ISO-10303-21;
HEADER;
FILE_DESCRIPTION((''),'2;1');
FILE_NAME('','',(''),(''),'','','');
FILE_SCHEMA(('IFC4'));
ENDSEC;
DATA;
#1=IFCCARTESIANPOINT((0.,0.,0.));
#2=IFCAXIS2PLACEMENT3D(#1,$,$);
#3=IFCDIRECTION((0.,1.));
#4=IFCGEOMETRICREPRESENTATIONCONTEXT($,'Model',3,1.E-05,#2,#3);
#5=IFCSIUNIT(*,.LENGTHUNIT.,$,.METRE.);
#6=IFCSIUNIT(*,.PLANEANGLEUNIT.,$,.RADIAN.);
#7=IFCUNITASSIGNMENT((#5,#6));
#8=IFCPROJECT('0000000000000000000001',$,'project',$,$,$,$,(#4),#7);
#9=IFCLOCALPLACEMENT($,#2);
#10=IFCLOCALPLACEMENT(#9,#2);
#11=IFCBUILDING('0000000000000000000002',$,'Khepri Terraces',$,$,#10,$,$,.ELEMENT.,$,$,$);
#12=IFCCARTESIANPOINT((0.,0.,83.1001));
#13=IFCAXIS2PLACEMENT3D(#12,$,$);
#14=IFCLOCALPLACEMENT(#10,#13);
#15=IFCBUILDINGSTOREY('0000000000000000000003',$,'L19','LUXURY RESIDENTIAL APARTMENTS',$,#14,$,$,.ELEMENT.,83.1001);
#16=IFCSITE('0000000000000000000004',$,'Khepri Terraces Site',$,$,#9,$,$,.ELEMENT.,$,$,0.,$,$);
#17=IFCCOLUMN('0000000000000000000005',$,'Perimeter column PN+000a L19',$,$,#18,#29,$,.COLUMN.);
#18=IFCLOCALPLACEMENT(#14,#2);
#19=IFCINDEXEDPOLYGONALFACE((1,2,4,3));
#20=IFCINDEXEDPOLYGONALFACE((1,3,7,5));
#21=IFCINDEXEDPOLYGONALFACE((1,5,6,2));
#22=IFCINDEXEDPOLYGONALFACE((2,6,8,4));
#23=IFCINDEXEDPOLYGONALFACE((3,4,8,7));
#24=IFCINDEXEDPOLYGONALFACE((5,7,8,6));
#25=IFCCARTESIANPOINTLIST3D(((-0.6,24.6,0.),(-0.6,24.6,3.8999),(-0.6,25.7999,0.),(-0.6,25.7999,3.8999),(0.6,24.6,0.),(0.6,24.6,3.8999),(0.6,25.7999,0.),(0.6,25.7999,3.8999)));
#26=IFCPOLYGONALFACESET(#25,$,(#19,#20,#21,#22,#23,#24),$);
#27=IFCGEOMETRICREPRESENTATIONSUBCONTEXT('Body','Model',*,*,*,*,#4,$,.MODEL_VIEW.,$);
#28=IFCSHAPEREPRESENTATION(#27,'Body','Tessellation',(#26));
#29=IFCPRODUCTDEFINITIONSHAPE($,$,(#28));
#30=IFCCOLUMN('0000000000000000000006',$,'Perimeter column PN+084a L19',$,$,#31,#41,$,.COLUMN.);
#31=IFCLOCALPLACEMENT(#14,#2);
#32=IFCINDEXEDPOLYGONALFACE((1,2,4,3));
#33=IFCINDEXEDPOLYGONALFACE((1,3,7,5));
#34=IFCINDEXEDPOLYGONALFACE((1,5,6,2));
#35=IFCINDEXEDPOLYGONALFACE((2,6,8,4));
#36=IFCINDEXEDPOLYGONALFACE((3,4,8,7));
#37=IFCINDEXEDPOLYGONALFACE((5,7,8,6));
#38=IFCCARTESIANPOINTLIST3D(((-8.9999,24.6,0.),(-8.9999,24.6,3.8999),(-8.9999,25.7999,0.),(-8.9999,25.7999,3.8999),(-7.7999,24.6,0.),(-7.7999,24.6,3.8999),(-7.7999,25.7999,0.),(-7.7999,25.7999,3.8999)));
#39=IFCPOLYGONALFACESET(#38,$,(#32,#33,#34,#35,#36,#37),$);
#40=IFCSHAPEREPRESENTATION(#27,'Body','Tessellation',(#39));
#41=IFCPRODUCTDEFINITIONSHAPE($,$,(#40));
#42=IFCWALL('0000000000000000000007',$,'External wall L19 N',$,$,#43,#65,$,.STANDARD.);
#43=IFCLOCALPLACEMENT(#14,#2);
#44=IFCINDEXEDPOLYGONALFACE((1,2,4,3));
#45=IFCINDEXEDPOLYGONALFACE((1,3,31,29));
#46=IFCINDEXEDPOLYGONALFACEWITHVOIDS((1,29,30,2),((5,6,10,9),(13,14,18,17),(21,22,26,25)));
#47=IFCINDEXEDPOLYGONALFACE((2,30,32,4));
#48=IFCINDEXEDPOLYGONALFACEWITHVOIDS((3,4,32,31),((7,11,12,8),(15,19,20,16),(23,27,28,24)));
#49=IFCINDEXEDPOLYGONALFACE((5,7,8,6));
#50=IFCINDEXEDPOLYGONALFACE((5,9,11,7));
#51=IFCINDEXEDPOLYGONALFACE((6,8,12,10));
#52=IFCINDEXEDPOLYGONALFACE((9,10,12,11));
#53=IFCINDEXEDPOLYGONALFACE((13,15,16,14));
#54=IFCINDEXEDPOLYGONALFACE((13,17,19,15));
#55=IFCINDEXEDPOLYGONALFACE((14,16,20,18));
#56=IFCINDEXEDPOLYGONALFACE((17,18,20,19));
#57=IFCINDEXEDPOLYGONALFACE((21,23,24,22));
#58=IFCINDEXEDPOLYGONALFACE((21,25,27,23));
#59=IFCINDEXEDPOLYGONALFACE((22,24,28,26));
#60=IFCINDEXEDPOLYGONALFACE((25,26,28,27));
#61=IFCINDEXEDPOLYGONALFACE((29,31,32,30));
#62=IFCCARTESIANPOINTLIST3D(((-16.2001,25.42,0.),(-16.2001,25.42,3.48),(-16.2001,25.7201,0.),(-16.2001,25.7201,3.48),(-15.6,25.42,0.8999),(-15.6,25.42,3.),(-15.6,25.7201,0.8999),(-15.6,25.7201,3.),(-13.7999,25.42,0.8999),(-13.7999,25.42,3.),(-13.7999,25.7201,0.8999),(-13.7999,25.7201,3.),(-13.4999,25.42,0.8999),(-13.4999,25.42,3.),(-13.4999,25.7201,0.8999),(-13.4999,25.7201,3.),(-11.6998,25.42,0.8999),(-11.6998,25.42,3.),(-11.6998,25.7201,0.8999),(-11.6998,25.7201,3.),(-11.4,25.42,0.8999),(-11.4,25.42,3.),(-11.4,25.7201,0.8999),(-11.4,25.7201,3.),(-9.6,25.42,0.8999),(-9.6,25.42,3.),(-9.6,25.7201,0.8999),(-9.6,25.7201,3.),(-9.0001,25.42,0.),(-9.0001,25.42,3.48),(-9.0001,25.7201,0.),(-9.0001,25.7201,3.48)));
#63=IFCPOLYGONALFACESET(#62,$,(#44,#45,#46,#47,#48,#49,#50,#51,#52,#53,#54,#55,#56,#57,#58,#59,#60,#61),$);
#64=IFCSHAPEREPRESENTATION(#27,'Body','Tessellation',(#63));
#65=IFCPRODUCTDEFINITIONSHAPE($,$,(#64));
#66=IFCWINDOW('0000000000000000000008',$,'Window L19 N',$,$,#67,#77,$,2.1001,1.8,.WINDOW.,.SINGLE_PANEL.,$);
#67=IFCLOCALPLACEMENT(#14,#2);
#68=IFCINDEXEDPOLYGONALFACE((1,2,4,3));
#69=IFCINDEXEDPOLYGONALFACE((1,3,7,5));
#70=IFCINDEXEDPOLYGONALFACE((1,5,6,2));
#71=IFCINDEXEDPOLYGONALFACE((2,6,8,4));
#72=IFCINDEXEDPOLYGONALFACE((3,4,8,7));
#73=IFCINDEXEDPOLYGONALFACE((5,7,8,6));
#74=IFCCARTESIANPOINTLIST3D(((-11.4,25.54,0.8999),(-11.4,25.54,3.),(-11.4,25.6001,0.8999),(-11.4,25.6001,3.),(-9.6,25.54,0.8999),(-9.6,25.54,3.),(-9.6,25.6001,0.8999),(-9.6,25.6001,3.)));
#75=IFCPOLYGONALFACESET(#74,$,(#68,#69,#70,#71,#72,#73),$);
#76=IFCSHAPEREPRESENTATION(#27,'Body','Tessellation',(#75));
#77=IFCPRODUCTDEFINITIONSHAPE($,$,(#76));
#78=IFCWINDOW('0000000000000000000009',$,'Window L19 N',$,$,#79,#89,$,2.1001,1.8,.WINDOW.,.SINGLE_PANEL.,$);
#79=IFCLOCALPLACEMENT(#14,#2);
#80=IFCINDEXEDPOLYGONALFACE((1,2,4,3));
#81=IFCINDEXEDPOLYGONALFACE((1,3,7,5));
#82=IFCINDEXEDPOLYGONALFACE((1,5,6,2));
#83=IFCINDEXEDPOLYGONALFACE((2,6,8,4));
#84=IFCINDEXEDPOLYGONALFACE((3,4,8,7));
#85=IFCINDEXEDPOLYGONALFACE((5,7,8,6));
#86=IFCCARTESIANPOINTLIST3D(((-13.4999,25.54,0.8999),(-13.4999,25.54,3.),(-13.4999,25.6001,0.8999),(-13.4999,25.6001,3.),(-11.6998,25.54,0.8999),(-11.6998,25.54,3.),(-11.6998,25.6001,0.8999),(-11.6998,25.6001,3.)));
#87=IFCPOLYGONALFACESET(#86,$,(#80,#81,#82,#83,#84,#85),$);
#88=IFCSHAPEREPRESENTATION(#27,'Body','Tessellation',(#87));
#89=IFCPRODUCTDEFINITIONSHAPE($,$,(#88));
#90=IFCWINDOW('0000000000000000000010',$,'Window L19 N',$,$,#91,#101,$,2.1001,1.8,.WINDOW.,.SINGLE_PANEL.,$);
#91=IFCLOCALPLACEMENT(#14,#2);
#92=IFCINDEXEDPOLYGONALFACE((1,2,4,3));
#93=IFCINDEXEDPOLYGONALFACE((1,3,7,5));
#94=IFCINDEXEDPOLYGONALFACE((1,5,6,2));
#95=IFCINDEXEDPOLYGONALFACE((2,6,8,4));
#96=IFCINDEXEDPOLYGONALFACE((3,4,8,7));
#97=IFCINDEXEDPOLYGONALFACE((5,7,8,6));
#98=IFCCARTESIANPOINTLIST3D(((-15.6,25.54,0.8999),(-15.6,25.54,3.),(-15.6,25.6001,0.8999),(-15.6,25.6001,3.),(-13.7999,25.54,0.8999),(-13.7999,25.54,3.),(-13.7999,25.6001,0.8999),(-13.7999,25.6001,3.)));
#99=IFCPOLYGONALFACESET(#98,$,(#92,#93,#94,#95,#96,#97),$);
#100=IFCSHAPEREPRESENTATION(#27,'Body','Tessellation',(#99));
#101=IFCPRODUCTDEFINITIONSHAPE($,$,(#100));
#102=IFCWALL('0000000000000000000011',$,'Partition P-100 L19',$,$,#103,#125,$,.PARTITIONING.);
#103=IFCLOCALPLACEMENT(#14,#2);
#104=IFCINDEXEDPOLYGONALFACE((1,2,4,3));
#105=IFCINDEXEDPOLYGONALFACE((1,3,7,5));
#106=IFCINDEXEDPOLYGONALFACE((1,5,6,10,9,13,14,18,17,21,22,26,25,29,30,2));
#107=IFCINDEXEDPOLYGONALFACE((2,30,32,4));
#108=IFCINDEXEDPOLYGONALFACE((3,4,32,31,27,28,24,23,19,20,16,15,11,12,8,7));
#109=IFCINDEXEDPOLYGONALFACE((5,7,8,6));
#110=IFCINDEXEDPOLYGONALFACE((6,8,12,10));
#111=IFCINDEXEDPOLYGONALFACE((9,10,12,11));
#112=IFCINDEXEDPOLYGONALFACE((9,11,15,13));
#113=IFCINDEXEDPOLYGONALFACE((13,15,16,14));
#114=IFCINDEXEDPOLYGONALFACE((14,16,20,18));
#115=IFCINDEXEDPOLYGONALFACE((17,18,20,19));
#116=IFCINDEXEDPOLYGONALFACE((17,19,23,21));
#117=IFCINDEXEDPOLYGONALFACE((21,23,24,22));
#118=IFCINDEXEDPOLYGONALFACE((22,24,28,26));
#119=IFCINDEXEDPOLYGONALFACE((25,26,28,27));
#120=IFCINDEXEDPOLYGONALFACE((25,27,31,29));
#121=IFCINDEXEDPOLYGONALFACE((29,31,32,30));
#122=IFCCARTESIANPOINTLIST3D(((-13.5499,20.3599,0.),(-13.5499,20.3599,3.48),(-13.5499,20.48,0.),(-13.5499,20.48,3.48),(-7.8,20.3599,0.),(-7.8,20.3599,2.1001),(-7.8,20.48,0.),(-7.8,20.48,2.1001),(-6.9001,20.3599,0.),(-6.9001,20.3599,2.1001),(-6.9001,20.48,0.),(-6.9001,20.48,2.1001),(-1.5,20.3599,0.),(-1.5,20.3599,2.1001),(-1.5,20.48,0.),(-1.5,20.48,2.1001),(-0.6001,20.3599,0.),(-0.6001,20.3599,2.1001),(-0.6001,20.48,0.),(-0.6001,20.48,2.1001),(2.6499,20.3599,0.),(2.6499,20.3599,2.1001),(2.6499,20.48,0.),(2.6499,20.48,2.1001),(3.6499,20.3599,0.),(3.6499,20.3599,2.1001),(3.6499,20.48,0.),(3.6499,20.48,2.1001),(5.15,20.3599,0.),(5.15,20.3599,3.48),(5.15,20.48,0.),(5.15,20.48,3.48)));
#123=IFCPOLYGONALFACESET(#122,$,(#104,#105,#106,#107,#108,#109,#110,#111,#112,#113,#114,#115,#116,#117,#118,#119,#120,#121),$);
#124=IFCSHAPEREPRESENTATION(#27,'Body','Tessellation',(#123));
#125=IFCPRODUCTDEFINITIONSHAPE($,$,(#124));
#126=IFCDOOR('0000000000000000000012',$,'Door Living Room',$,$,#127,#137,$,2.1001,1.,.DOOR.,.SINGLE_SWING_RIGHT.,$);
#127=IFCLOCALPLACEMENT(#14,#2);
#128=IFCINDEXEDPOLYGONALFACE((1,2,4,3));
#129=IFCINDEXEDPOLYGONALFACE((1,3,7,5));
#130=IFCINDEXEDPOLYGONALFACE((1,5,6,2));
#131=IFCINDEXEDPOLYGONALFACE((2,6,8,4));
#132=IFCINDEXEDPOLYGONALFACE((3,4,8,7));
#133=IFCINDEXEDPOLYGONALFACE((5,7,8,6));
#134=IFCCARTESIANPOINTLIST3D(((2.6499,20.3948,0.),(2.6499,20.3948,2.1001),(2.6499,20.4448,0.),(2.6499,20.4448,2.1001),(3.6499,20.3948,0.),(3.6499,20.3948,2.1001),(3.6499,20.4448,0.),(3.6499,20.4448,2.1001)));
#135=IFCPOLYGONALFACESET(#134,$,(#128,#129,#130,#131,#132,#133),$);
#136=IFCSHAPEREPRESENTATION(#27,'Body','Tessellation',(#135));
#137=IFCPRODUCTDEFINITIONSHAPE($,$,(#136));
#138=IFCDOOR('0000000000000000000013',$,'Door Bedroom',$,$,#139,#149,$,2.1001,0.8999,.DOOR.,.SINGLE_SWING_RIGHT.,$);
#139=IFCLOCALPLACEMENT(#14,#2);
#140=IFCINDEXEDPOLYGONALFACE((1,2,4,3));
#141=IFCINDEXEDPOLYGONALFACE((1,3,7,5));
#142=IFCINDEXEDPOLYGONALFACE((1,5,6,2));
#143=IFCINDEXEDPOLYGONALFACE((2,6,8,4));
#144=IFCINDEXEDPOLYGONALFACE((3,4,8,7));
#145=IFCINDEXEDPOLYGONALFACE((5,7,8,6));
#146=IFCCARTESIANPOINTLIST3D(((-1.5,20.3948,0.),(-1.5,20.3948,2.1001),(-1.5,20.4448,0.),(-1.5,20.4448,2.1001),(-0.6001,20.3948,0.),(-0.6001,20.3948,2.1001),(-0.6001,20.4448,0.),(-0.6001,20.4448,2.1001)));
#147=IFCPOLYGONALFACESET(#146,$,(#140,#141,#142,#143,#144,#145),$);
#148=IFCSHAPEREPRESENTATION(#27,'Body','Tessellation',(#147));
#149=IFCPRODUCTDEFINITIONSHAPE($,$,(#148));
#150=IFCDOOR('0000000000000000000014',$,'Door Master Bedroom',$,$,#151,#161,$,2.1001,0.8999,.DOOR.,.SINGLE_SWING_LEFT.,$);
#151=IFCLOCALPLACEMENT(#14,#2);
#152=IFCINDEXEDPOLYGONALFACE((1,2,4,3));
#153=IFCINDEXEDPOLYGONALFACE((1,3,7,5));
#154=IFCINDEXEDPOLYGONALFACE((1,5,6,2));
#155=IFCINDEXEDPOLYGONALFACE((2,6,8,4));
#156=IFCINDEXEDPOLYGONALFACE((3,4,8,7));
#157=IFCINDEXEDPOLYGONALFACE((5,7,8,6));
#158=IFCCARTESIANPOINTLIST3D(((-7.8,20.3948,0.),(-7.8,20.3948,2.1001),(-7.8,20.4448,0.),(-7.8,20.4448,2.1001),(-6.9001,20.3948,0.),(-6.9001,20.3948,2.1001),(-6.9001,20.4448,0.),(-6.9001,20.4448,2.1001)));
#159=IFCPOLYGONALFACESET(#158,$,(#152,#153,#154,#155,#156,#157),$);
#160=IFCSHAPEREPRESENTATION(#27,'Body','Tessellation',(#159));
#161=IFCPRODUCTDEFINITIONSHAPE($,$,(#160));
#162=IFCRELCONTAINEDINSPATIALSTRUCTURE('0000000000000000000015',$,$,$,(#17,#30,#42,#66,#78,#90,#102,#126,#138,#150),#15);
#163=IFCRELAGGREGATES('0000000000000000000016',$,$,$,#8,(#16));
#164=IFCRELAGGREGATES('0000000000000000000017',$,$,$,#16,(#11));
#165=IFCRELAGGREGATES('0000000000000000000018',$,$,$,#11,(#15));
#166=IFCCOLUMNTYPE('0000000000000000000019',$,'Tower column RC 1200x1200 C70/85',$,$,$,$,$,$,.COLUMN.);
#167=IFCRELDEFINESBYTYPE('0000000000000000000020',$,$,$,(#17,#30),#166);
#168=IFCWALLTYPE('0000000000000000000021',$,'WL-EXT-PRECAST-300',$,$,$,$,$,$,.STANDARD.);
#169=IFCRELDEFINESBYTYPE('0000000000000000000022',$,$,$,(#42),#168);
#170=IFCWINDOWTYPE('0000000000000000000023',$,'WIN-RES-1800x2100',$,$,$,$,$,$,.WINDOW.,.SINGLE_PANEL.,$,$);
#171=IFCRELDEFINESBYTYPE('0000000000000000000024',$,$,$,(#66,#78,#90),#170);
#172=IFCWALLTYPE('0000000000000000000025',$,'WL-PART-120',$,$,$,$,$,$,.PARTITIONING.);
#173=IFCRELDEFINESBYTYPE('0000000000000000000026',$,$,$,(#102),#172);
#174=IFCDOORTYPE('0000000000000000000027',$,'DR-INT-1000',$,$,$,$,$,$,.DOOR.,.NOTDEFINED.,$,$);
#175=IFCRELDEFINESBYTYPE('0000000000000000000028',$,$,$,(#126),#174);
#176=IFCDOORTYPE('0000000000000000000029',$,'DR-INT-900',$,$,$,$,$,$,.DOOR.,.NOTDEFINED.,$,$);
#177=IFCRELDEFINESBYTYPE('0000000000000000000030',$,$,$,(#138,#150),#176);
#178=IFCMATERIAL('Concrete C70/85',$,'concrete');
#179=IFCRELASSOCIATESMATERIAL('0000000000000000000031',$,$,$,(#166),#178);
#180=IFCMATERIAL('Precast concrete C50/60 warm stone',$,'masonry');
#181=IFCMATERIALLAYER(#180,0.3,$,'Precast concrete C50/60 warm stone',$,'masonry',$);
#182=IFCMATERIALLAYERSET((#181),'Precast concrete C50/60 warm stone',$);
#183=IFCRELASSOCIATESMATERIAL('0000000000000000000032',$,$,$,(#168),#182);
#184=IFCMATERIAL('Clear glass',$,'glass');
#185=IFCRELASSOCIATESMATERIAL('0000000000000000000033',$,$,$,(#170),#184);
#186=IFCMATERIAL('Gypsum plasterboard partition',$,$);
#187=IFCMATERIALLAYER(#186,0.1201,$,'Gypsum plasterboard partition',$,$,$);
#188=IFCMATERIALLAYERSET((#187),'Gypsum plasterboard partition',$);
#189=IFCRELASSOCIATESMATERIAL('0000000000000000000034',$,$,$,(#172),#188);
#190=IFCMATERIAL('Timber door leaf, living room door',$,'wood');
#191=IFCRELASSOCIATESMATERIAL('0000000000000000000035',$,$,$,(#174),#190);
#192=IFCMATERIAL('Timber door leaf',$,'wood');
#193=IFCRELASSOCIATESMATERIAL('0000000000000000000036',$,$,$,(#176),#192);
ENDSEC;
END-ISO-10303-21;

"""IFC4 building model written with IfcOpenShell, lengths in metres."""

from ifc_helpers import new_model, si_unit, direction, frame, frame_2d, origin, origin_2d, place, context, subcontext, project, spatial, rectangle, extrude, material, layer, layer_set, material_profile, profile_set, type_object, element, fill, save


model = new_model("IFC4")

# Units and contexts
model_context = context("Model", 3, precision=1e-05, world=origin(), true_north=direction((0.0, 1.0)))
body_context = subcontext(model_context, "Body", "Model", "MODEL_VIEW")
ifc_project = project(units=[si_unit("LENGTHUNIT", "METRE"), si_unit("PLANEANGLEUNIT", "RADIAN")], contexts=[model_context])

# Site, building, storey
site_placement = place(None, origin())
site = spatial("IfcSite", under=ifc_project, at=site_placement, Name="Khepri Terraces Site", CompositionType="ELEMENT", RefElevation=0.0)
building_placement = place(site_placement, origin())
building = spatial("IfcBuilding", under=site, at=building_placement, Name="Khepri Terraces", CompositionType="ELEMENT")
storey_placement = place(building_placement, frame((0.0, 0.0, 83.1001)))
storey = spatial("IfcBuildingStorey", under=building, at=storey_placement, Name="L19", Description="LUXURY RESIDENTIAL APARTMENTS", CompositionType="ELEMENT", Elevation=83.1001)

# Columns
ifc_material_1 = material(Name="Concrete C70/85", Category="concrete")
ifc_material_profile = material_profile(ifc_material_1, rectangle(XDim=1.2, YDim=1.2, at=origin_2d()), Name="Concrete C70/85", Category="concrete")
ifc_profile_set = profile_set([ifc_material_profile], Name="Concrete C70/85")
column_type = type_object("IfcColumnType", Name="Tower column RC 1200x1200 C70/85", PredefinedType="COLUMN", material=ifc_profile_set)
for number, where, z_axis, x_axis, name in (
    (1, (0.0, 25.2, 0.0), (0.0, 0.0, 1.0), (1.0, 0.0, 0.0), "Perimeter column PN+000a L19"),
    (2, (-8.3999, 25.2, 0.0), (0.0, 0.0, 1.0), (1.0, 0.0, 0.0), "Perimeter column PN+084a L19"),
):
    element("IfcColumn", number, at=place(storey_placement, frame(where, z_axis=z_axis, x_axis=x_axis)), inside=storey, type_object=column_type, Name=name, PredefinedType="COLUMN", context=body_context, shape_type="SweptSolid", body=[
        extrude(rectangle(XDim=1.2, YDim=1.2, at=origin_2d()), origin(), (0.0, 0.0, 1.0), 3.8999),
    ])

# Shared definitions
ifc_material_2 = material(Name="Precast concrete C50/60 warm stone", Category="masonry")
ifc_layer_1 = layer(ifc_material_2, 0.3, Name="Precast concrete C50/60 warm stone", Category="masonry")
ifc_layer_set_1 = layer_set([ifc_layer_1], Name="Precast concrete C50/60 warm stone")
wall_type_1 = type_object("IfcWallType", Name="WL-EXT-PRECAST-300", PredefinedType="STANDARD", material=ifc_layer_set_1)
ifc_material_3 = material(Name="Clear glass", Category="glass")
window_type = type_object("IfcWindowType", Name="WIN-RES-1800x2100", PartitioningType="SINGLE_PANEL", PredefinedType="WINDOW", material=ifc_material_3)

# Wall, openings, windows
wall_1_placement = place(storey_placement, frame((-9.0, 25.5701, 0.0), z_axis=(0.0, 0.0, 1.0), x_axis=(-1.0, 0.0, 0.0)))
wall_1 = element("IfcWall", 3, at=wall_1_placement, inside=storey, type_object=wall_type_1, Name="External wall L19 N", PredefinedType="STANDARD", context=body_context, shape_type="SweptSolid", body=[
    extrude(rectangle(XDim=7.2, YDim=0.3, at=frame_2d((3.6001, 0.0))), origin(), (0.0, 0.0, 1.0), 3.48),
])
opening_1_placement = place(wall_1_placement, frame((0.6001, 0.0, 0.8999)))
opening_1 = element("IfcOpeningElement", 4, at=opening_1_placement, cuts=wall_1, PredefinedType="OPENING", context=body_context, shape_type="SweptSolid", body=[
    extrude(rectangle(XDim=1.8, YDim=2.1001, at=frame_2d((0.8999, 1.05))), frame((0.0, 0.1602, 0.0), z_axis=(0.0, -1.0, 0.0), x_axis=(1.0, 0.0, 0.0)), (0.0, 0.0, 1.0), 0.3201),
])
opening_2_placement = place(wall_1_placement, frame((2.7, 0.0, 0.8999)))
opening_2 = element("IfcOpeningElement", 5, at=opening_2_placement, cuts=wall_1, PredefinedType="OPENING", context=body_context, shape_type="SweptSolid", body=[
    extrude(rectangle(XDim=1.8, YDim=2.1001, at=frame_2d((0.8999, 1.05))), frame((0.0, 0.1602, 0.0), z_axis=(0.0, -1.0, 0.0), x_axis=(1.0, 0.0, 0.0)), (0.0, 0.0, 1.0), 0.3201),
])
opening_3_placement = place(wall_1_placement, frame((4.8, 0.0, 0.8999)))
opening_3 = element("IfcOpeningElement", 6, at=opening_3_placement, cuts=wall_1, PredefinedType="OPENING", context=body_context, shape_type="SweptSolid", body=[
    extrude(rectangle(XDim=1.8, YDim=2.1001, at=frame_2d((0.8999, 1.05))), frame((0.0, 0.1602, 0.0), z_axis=(0.0, -1.0, 0.0), x_axis=(1.0, 0.0, 0.0)), (0.0, 0.0, 1.0), 0.3201),
])
window_1_placement = place(opening_1_placement, origin())
window_1 = element("IfcWindow", 7, at=window_1_placement, inside=storey, type_object=window_type, Name="Window L19 N", OverallHeight=2.1001, OverallWidth=1.8, PartitioningType="SINGLE_PANEL", PredefinedType="WINDOW", context=body_context, shape_type="SweptSolid", body=[
    extrude(rectangle(XDim=1.8, YDim=2.1001, at=frame_2d((0.8999, 1.05))), frame((0.0, 0.03, 0.0), z_axis=(0.0, -1.0, 0.0), x_axis=(1.0, 0.0, 0.0)), (0.0, 0.0, 1.0), 0.0601),
])
fill(opening_1, window_1)
window_2_placement = place(opening_2_placement, origin())
window_2 = element("IfcWindow", 8, at=window_2_placement, inside=storey, type_object=window_type, Name="Window L19 N", OverallHeight=2.1001, OverallWidth=1.8, PartitioningType="SINGLE_PANEL", PredefinedType="WINDOW", context=body_context, shape_type="SweptSolid", body=[
    extrude(rectangle(XDim=1.8, YDim=2.1001, at=frame_2d((0.8999, 1.05))), frame((0.0, 0.03, 0.0), z_axis=(0.0, -1.0, 0.0), x_axis=(1.0, 0.0, 0.0)), (0.0, 0.0, 1.0), 0.0601),
])
fill(opening_2, window_2)
window_3_placement = place(opening_3_placement, origin())
window_3 = element("IfcWindow", 9, at=window_3_placement, inside=storey, type_object=window_type, Name="Window L19 N", OverallHeight=2.1001, OverallWidth=1.8, PartitioningType="SINGLE_PANEL", PredefinedType="WINDOW", context=body_context, shape_type="SweptSolid", body=[
    extrude(rectangle(XDim=1.8, YDim=2.1001, at=frame_2d((0.8999, 1.05))), frame((0.0, 0.03, 0.0), z_axis=(0.0, -1.0, 0.0), x_axis=(1.0, 0.0, 0.0)), (0.0, 0.0, 1.0), 0.0601),
])
fill(opening_3, window_3)

# Wall, openings, doors
ifc_material_4 = material(Name="Gypsum plasterboard partition")
ifc_layer_2 = layer(ifc_material_4, 0.1201, Name="Gypsum plasterboard partition")
ifc_layer_set_2 = layer_set([ifc_layer_2], Name="Gypsum plasterboard partition")
wall_type_2 = type_object("IfcWallType", Name="WL-PART-120", PredefinedType="PARTITIONING", material=ifc_layer_set_2)
wall_2_placement = place(storey_placement, frame((-13.55, 20.4199, 0.0), z_axis=(0.0, 0.0, 1.0), x_axis=(1.0, 0.0, 0.0)))
wall_2 = element("IfcWall", 10, at=wall_2_placement, inside=storey, type_object=wall_type_2, Name="Partition P-100 L19", PredefinedType="PARTITIONING", context=body_context, shape_type="SweptSolid", body=[
    extrude(rectangle(XDim=18.7, YDim=0.1201, at=frame_2d((9.3501, 0.0))), origin(), (0.0, 0.0, 1.0), 3.48),
])
opening_4_placement = place(wall_2_placement, frame((16.2, 0.0, 0.0)))
opening_4 = element("IfcOpeningElement", 11, at=opening_4_placement, cuts=wall_2, PredefinedType="OPENING", context=body_context, shape_type="SweptSolid", body=[
    extrude(rectangle(XDim=1.0, YDim=2.1001, at=frame_2d((0.5, 1.05))), frame((0.0, 0.0701, 0.0), z_axis=(0.0, -1.0, 0.0), x_axis=(1.0, 0.0, 0.0)), (0.0, 0.0, 1.0), 0.1401),
])
opening_5_placement = place(wall_2_placement, frame((12.05, 0.0, 0.0)))
opening_5 = element("IfcOpeningElement", 12, at=opening_5_placement, cuts=wall_2, PredefinedType="OPENING", context=body_context, shape_type="SweptSolid", body=[
    extrude(rectangle(XDim=0.8999, YDim=2.1001, at=frame_2d((0.45, 1.05))), frame((0.0, 0.0701, 0.0), z_axis=(0.0, -1.0, 0.0), x_axis=(1.0, 0.0, 0.0)), (0.0, 0.0, 1.0), 0.1401),
])
opening_6_placement = place(wall_2_placement, frame((5.75, 0.0, 0.0)))
opening_6 = element("IfcOpeningElement", 13, at=opening_6_placement, cuts=wall_2, PredefinedType="OPENING", context=body_context, shape_type="SweptSolid", body=[
    extrude(rectangle(XDim=0.8999, YDim=2.1001, at=frame_2d((0.45, 1.05))), frame((0.0, 0.0701, 0.0), z_axis=(0.0, -1.0, 0.0), x_axis=(1.0, 0.0, 0.0)), (0.0, 0.0, 1.0), 0.1401),
])
ifc_material_5 = material(Name="Timber door leaf, living room door", Category="wood")
door_type_1 = type_object("IfcDoorType", Name="DR-INT-1000", OperationType="NOTDEFINED", PredefinedType="DOOR", material=ifc_material_5)
door_1_placement = place(opening_4_placement, origin())
door_1 = element("IfcDoor", 14, at=door_1_placement, inside=storey, type_object=door_type_1, Name="Door Living Room", OperationType="SINGLE_SWING_RIGHT", OverallHeight=2.1001, OverallWidth=1.0, PredefinedType="DOOR", context=body_context, shape_type="SweptSolid", body=[
    extrude(rectangle(XDim=1.0, YDim=2.1001, at=frame_2d((0.5, 1.05))), frame((0.0, 0.0249, 0.0), z_axis=(0.0, -1.0, 0.0), x_axis=(1.0, 0.0, 0.0)), (0.0, 0.0, 1.0), 0.05),
])
fill(opening_4, door_1)
ifc_material_6 = material(Name="Timber door leaf", Category="wood")
door_type_2 = type_object("IfcDoorType", Name="DR-INT-900", OperationType="NOTDEFINED", PredefinedType="DOOR", material=ifc_material_6)
door_2_placement = place(opening_5_placement, origin())
door_2 = element("IfcDoor", 15, at=door_2_placement, inside=storey, type_object=door_type_2, Name="Door Bedroom", OperationType="SINGLE_SWING_RIGHT", OverallHeight=2.1001, OverallWidth=0.8999, PredefinedType="DOOR", context=body_context, shape_type="SweptSolid", body=[
    extrude(rectangle(XDim=0.8999, YDim=2.1001, at=frame_2d((0.45, 1.05))), frame((0.0, 0.0249, 0.0), z_axis=(0.0, -1.0, 0.0), x_axis=(1.0, 0.0, 0.0)), (0.0, 0.0, 1.0), 0.05),
])
fill(opening_5, door_2)
door_3_placement = place(opening_6_placement, origin())
door_3 = element("IfcDoor", 16, at=door_3_placement, inside=storey, type_object=door_type_2, Name="Door Master Bedroom", OperationType="SINGLE_SWING_LEFT", OverallHeight=2.1001, OverallWidth=0.8999, PredefinedType="DOOR", context=body_context, shape_type="SweptSolid", body=[
    extrude(rectangle(XDim=0.8999, YDim=2.1001, at=frame_2d((0.45, 1.05))), frame((0.0, 0.0249, 0.0), z_axis=(0.0, -1.0, 0.0), x_axis=(1.0, 0.0, 0.0)), (0.0, 0.0, 1.0), 0.05),
])
fill(opening_6, door_3)

save(model, "model.ifc")
